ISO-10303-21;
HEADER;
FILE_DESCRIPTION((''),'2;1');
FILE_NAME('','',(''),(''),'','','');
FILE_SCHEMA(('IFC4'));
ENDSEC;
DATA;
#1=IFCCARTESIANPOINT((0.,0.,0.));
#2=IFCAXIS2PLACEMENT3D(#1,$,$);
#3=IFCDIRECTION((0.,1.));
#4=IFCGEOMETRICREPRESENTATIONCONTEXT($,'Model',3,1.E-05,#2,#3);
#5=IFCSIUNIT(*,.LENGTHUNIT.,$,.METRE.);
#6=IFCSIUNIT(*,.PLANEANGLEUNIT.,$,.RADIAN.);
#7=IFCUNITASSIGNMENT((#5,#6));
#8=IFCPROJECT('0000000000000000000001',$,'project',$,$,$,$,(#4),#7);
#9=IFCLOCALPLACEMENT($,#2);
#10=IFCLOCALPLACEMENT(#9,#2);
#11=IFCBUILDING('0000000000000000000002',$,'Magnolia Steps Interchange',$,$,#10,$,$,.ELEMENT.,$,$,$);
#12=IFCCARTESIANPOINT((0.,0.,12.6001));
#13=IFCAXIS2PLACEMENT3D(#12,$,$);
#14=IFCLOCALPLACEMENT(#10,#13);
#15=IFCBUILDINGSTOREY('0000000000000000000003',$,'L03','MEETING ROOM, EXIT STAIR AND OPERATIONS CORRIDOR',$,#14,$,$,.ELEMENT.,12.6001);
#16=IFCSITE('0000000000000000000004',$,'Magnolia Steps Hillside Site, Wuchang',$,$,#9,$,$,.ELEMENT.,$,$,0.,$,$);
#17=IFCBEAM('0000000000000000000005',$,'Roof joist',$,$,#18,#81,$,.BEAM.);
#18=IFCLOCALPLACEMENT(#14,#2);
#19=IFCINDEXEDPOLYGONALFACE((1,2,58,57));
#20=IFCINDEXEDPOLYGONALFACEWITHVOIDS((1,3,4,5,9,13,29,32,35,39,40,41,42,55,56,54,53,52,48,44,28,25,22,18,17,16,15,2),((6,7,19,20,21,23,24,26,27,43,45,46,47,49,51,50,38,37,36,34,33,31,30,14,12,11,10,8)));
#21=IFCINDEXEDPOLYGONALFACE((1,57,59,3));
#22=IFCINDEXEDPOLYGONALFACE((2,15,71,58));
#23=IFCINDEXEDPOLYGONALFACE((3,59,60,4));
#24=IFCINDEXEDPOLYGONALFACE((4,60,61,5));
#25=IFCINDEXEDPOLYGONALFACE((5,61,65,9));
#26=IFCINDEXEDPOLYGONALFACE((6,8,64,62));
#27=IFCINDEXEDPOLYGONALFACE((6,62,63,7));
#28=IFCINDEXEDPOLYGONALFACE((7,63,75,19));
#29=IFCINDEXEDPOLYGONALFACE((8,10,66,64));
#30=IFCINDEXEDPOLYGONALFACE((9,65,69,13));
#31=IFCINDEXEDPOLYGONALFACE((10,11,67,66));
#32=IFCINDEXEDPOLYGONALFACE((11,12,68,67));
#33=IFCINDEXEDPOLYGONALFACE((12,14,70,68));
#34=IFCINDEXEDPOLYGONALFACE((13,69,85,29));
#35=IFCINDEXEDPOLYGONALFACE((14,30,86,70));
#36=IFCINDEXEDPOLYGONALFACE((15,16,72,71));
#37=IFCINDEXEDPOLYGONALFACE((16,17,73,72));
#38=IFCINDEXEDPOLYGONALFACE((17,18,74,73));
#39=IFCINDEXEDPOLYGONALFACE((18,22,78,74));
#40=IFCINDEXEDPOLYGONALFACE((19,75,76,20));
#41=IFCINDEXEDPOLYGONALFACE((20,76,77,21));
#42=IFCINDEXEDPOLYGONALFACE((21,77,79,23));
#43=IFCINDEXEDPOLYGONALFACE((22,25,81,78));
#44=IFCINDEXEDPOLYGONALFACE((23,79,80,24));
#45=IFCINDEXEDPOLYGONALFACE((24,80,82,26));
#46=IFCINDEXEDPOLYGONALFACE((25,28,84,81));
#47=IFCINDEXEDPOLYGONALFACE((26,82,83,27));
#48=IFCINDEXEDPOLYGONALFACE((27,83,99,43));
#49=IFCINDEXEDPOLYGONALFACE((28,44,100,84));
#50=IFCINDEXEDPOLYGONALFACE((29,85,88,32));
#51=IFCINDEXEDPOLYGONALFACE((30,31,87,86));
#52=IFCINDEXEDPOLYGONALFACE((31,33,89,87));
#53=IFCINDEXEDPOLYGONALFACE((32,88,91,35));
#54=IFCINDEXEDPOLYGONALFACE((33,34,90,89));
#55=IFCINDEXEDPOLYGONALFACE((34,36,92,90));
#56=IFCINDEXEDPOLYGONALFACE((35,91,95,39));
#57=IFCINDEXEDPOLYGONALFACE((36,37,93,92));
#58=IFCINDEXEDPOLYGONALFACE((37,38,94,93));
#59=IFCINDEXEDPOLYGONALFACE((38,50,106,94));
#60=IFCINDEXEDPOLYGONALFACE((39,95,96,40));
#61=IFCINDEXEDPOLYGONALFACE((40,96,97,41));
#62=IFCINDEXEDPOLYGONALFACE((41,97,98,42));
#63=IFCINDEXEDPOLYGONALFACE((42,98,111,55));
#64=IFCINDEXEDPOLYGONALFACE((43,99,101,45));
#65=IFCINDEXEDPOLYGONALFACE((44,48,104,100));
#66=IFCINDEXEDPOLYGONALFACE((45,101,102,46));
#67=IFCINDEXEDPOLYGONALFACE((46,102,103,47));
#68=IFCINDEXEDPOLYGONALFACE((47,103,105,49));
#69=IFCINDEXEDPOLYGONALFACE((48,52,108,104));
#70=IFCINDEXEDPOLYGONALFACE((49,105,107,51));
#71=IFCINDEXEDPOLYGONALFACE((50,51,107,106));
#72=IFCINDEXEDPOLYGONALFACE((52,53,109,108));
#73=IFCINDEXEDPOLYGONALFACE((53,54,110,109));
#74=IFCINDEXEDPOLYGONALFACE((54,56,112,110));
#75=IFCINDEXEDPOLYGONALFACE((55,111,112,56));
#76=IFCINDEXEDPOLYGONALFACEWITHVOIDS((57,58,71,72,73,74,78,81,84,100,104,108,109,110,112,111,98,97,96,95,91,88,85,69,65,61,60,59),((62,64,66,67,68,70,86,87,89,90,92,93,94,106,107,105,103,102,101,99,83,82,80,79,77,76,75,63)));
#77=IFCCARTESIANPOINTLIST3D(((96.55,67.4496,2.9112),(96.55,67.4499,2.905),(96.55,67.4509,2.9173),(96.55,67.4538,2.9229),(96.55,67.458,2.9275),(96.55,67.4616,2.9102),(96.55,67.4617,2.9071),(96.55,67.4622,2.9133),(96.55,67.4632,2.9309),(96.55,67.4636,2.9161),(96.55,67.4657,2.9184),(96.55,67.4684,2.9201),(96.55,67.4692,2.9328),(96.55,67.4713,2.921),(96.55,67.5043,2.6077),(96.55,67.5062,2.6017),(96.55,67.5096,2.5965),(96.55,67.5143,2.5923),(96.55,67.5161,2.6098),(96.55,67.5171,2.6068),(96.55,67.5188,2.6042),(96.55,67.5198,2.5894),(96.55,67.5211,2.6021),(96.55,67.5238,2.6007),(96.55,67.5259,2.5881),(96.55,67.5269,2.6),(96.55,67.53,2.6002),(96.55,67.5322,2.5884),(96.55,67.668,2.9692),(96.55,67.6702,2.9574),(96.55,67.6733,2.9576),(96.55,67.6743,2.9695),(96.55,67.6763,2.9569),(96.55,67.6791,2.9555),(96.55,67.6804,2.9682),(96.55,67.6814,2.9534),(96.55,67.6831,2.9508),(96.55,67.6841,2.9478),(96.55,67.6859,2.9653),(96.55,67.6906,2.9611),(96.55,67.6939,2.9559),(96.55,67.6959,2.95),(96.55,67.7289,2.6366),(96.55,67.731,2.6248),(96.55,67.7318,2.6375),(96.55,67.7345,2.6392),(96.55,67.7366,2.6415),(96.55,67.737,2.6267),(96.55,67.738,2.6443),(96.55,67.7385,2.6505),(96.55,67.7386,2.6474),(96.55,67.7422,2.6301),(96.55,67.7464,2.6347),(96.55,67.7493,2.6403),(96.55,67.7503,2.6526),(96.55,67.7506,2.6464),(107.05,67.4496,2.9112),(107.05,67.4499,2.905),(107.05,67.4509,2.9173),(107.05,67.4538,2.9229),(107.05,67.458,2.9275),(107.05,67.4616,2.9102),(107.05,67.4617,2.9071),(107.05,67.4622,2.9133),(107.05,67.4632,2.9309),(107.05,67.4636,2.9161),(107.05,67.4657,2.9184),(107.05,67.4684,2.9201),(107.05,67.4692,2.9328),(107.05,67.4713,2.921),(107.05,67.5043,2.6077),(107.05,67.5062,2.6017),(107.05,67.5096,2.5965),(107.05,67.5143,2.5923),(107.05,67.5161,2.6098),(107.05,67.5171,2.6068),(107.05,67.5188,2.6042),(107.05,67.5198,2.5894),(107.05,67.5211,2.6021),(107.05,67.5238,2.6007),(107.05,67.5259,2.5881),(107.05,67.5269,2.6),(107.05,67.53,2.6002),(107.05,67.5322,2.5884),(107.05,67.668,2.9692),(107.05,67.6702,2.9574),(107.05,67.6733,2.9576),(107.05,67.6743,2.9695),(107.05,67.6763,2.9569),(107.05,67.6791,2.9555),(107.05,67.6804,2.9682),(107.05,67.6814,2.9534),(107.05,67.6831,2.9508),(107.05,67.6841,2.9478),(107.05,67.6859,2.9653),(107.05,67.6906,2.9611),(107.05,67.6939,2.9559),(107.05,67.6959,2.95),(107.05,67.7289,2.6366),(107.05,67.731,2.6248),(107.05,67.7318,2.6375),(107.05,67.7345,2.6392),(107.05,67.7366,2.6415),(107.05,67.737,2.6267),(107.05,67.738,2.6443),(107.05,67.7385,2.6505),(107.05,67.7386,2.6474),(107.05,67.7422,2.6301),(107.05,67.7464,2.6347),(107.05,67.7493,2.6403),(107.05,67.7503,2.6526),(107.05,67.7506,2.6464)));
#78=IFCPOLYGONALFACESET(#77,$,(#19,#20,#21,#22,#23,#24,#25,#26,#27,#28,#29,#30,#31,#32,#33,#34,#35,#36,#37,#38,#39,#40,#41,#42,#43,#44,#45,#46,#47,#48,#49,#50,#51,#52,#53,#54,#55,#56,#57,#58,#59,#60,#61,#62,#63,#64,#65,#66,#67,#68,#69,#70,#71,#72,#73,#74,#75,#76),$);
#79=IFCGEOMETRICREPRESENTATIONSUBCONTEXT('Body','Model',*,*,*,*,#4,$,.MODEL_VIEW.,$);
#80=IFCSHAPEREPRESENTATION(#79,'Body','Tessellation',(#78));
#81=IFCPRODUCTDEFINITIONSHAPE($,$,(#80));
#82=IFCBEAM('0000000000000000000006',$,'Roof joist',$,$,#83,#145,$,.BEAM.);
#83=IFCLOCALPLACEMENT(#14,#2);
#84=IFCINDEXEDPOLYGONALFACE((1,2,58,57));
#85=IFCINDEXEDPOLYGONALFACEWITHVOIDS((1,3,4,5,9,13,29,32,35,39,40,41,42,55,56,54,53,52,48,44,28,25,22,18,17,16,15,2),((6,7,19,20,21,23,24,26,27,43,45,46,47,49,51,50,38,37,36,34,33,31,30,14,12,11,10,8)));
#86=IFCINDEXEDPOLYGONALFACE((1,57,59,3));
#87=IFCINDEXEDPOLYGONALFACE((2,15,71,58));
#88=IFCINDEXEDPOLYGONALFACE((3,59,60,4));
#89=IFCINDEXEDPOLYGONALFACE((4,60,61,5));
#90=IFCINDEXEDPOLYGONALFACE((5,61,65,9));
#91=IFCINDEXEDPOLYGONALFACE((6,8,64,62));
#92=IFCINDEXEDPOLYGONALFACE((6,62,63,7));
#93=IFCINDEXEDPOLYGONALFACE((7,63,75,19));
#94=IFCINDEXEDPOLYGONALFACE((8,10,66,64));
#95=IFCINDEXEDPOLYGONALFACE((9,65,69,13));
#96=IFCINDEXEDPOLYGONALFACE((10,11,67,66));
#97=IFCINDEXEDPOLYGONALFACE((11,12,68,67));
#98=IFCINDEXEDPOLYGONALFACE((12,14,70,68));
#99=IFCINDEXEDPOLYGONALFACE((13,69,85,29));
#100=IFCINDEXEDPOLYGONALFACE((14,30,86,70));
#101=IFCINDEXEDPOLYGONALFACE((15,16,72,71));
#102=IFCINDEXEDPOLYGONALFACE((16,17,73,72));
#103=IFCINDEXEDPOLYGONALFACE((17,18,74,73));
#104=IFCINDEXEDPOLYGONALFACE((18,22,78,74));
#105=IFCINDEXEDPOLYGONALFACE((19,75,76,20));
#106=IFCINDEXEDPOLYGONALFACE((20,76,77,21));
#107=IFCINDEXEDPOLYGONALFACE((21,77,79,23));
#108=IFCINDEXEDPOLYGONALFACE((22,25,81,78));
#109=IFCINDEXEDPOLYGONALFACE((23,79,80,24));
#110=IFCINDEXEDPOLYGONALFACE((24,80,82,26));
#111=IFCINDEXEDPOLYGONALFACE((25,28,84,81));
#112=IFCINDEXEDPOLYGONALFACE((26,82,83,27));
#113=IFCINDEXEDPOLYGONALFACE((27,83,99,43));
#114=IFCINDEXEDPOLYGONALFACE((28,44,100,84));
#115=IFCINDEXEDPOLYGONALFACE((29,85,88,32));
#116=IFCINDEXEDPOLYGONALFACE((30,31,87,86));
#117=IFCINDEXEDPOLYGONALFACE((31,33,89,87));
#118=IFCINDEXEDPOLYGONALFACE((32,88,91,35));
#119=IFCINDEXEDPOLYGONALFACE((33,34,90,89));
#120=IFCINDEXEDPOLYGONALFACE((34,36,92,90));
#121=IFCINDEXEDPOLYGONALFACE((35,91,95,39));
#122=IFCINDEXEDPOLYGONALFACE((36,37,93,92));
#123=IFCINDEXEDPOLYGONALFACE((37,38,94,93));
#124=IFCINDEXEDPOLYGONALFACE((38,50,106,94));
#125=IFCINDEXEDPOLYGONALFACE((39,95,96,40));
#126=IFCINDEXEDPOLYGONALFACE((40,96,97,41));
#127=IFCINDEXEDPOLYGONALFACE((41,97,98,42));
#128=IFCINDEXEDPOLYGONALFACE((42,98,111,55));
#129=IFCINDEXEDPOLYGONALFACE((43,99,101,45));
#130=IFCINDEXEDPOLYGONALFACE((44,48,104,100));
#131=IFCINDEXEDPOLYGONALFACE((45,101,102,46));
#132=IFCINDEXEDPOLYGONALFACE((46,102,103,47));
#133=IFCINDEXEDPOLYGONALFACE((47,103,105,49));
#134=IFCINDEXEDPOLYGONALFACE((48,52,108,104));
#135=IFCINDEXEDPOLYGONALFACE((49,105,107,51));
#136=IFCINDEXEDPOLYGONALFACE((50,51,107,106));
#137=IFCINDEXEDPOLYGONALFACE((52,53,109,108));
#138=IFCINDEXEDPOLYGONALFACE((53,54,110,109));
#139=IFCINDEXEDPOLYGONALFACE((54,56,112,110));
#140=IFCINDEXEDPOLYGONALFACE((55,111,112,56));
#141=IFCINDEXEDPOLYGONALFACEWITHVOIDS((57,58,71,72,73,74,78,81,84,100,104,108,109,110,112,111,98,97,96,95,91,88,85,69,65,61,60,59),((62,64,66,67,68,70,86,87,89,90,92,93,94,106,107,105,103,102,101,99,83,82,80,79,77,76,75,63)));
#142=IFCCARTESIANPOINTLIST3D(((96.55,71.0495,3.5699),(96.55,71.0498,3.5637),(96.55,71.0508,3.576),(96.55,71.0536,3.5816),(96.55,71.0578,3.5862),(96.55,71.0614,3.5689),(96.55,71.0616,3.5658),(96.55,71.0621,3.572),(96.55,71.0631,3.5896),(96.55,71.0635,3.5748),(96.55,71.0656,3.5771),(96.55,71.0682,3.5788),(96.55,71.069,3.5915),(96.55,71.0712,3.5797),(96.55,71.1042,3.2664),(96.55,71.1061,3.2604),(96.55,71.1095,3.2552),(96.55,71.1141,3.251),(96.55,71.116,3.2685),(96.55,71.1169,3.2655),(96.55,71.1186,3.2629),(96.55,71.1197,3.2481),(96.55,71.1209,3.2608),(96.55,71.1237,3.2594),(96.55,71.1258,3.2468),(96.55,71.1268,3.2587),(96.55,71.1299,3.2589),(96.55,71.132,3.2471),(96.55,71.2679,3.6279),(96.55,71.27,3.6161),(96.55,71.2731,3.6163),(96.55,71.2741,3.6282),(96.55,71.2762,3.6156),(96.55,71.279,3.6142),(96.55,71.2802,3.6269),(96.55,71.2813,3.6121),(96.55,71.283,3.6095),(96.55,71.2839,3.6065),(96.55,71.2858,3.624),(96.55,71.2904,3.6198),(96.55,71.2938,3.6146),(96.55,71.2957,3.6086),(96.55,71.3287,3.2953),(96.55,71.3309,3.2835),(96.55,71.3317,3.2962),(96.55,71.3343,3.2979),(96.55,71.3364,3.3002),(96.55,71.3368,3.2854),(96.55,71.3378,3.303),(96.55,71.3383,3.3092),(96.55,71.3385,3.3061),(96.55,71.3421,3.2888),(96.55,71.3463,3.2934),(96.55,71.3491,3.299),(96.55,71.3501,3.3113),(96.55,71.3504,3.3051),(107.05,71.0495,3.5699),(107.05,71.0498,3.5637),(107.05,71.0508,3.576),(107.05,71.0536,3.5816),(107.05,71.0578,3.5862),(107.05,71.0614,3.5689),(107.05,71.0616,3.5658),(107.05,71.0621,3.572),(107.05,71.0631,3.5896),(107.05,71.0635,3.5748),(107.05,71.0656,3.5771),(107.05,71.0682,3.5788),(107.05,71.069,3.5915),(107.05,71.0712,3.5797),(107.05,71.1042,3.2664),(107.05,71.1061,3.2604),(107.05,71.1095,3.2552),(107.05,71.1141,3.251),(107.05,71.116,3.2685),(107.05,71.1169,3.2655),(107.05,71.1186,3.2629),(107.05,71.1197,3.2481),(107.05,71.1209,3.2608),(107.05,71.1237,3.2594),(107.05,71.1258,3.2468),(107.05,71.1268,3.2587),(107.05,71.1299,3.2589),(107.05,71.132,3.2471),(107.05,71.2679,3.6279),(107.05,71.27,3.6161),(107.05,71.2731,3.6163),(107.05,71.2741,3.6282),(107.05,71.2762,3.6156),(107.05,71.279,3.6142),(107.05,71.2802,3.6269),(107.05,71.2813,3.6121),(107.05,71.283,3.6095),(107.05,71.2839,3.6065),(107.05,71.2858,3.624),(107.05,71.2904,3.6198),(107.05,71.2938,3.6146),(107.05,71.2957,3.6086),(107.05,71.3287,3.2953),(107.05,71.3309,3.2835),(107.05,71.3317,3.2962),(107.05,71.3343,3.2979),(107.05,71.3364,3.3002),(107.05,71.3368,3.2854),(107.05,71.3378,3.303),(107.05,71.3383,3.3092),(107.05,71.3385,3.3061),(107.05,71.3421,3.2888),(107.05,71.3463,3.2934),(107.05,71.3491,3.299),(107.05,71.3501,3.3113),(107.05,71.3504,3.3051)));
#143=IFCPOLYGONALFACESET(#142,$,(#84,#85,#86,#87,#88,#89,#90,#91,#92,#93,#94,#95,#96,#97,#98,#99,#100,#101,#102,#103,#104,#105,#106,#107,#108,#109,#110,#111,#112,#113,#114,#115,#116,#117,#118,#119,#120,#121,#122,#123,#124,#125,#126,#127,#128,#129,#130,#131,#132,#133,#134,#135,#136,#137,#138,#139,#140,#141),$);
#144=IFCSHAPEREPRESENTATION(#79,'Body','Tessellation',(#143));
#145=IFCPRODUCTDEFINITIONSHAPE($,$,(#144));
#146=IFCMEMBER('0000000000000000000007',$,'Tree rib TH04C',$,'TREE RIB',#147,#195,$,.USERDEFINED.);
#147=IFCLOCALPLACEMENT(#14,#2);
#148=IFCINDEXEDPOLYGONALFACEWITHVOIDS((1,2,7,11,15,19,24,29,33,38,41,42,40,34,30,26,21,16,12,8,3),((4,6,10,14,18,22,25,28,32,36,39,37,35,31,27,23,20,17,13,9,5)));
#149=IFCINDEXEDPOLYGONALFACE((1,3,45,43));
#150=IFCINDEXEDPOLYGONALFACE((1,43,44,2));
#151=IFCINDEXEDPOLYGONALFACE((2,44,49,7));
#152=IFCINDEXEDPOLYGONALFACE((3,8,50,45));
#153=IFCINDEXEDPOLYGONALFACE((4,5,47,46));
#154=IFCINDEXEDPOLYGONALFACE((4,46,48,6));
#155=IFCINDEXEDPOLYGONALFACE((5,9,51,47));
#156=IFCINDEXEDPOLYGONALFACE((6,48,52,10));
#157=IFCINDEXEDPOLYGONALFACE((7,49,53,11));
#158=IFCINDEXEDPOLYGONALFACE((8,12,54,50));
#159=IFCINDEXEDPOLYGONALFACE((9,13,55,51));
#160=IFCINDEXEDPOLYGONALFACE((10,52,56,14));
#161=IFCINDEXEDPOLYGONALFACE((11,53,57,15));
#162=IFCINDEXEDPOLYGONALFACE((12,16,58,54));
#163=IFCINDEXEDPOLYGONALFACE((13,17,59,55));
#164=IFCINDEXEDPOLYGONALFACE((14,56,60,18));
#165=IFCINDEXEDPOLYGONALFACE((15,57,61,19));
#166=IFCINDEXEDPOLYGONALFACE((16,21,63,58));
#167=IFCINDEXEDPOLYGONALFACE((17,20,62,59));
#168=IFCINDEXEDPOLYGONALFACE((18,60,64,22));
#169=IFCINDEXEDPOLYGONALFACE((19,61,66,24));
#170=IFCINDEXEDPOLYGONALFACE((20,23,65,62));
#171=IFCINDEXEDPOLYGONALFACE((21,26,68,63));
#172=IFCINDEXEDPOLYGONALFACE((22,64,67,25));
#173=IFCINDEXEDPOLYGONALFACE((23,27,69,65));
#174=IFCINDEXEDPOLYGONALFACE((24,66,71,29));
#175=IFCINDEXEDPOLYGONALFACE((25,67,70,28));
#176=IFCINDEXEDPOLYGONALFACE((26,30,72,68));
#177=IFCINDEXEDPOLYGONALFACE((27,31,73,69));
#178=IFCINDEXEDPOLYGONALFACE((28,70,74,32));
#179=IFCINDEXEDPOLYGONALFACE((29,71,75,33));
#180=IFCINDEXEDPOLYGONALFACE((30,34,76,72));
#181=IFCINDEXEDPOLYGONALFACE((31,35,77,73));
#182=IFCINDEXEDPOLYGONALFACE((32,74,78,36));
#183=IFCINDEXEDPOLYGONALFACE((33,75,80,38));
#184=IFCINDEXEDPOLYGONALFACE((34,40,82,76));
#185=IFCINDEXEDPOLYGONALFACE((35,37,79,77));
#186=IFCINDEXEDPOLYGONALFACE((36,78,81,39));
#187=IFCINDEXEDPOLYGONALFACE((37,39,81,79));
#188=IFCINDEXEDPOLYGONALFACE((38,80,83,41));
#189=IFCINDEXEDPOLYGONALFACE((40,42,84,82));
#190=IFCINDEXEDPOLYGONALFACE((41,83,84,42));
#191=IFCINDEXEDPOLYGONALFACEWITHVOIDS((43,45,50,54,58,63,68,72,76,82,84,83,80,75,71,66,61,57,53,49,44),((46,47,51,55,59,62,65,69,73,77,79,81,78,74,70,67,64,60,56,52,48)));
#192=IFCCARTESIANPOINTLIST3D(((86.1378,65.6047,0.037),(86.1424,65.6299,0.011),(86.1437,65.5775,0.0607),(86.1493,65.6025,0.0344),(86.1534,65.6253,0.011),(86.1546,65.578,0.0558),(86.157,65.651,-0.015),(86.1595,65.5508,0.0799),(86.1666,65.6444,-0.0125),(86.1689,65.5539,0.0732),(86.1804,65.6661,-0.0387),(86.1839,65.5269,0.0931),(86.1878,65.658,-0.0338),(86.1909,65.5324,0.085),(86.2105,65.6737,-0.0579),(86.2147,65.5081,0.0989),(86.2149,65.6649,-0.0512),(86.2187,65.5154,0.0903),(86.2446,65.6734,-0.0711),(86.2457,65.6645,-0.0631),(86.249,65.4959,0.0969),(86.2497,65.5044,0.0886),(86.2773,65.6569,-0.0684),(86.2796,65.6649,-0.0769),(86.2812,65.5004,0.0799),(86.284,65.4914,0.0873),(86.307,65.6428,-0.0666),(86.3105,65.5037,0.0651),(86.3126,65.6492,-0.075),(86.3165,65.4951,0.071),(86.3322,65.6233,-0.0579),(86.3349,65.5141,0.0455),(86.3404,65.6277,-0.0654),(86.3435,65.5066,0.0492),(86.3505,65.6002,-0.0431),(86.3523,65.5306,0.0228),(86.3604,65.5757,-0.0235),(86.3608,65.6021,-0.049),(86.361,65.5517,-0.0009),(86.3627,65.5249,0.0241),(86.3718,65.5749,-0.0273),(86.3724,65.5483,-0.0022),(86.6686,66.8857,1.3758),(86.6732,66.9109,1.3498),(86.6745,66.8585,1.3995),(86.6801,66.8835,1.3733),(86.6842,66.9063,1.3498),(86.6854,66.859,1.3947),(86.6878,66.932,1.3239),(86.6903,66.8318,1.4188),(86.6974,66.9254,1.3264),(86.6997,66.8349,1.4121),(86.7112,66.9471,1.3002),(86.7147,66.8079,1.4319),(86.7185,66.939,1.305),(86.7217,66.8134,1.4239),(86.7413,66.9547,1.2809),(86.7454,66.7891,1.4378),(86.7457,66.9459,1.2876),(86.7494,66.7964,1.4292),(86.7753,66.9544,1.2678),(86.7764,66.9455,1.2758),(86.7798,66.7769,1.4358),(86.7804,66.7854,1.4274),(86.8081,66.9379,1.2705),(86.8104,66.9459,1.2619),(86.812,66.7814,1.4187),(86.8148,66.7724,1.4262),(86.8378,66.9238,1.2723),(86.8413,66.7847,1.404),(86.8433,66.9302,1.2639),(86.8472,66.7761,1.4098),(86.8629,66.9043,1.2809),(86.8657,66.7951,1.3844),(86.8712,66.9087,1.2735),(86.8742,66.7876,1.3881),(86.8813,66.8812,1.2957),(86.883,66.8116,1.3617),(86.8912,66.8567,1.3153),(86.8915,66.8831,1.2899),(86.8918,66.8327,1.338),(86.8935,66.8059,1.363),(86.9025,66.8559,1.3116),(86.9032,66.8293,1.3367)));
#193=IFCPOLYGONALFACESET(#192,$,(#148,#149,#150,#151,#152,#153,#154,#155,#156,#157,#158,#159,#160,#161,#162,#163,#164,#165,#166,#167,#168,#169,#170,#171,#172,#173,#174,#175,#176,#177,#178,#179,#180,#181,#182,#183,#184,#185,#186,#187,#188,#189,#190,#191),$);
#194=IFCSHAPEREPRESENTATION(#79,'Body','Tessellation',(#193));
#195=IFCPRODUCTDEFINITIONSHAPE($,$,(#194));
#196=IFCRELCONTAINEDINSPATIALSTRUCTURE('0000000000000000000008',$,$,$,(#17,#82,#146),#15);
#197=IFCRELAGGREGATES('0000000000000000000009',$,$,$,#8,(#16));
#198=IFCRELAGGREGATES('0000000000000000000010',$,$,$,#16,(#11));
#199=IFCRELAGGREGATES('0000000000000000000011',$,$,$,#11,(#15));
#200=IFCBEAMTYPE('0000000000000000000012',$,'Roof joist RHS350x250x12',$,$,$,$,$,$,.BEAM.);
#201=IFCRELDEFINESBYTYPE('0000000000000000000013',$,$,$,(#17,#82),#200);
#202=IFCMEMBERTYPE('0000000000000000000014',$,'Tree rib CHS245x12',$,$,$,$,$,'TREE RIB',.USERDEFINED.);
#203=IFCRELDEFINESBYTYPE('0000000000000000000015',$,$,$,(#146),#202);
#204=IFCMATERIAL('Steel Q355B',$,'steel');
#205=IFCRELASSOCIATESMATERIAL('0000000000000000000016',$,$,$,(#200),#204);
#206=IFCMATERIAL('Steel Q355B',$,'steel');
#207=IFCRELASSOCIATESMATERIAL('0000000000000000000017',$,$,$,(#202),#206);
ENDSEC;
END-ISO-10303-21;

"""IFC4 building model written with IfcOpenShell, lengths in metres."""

from ifc_helpers import new_model, si_unit, direction, frame, origin, origin_2d, place, context, subcontext, project, spatial, hollow_rectangle, hollow_circle, extrude, material, material_profile, profile_set, type_object, element, save


model = new_model("IFC4")

# Units and contexts
model_context = context("Model", 3, precision=1e-05, world=origin(), true_north=direction((0.0, 1.0)))
body_context = subcontext(model_context, "Body", "Model", "MODEL_VIEW")
ifc_project = project(units=[si_unit("LENGTHUNIT", "METRE"), si_unit("PLANEANGLEUNIT", "RADIAN")], contexts=[model_context])

# Site, building, storey
site_placement = place(None, origin())
site = spatial("IfcSite", under=ifc_project, at=site_placement, Name="Magnolia Steps Hillside Site, Wuchang", CompositionType="ELEMENT", RefElevation=0.0)
building_placement = place(site_placement, origin())
building = spatial("IfcBuilding", under=site, at=building_placement, Name="Magnolia Steps Interchange", CompositionType="ELEMENT")
storey_placement = place(building_placement, frame((0.0, 0.0, 12.6001)))
storey = spatial("IfcBuildingStorey", under=building, at=storey_placement, Name="L03", Description="MEETING ROOM, EXIT STAIR AND OPERATIONS CORRIDOR", CompositionType="ELEMENT", Elevation=12.6001)

# Beams
ifc_material_1 = material(Name="Steel Q355B", Category="steel")
ifc_material_profile_1 = material_profile(ifc_material_1, hollow_rectangle(XDim=0.25, YDim=0.3501, WallThickness=0.012, InnerFilletRadius=0.012, OuterFilletRadius=0.0239, at=origin_2d()), Name="RHS350x250x12")
ifc_profile_set_1 = profile_set([ifc_material_profile_1], Name="Steel Q355B")
beam_type_1 = type_object("IfcBeamType", Name="Roof joist RHS350x250x12", PredefinedType="BEAM", material=ifc_profile_set_1)
for number, where, z_axis, x_axis, name in (
    (1, (96.55, 67.6001, 2.7788), (1.0, 0.0, 0.0), (0.0, 0.983677, 0.179941), "Roof joist"),
    (2, (96.55, 71.2, 3.4375), (1.0, 0.0, 0.0), (0.0, 0.983677, 0.179941), "Roof joist"),
):
    element("IfcBeam", number, at=place(storey_placement, frame(where, z_axis=z_axis, x_axis=x_axis)), inside=storey, type_object=beam_type_1, Name=name, PredefinedType="BEAM", context=body_context, shape_type="SweptSolid", body=[
        extrude(hollow_rectangle(XDim=0.25, YDim=0.3501, WallThickness=0.012, InnerFilletRadius=0.012, OuterFilletRadius=0.0239, at=origin_2d()), origin(), (0.0, 0.0, 1.0), 10.5),
    ])

# Member
ifc_material_2 = material(Name="Steel Q355B", Category="steel")
ifc_material_profile_2 = material_profile(ifc_material_2, hollow_circle(Radius=0.1226, WallThickness=0.012, at=origin_2d()), Name="CHS245x12")
ifc_profile_set_2 = profile_set([ifc_material_profile_2], Name="Steel Q355B")
member_type_1 = type_object("IfcMemberType", Name="Tree rib CHS245x12", ElementType="TREE RIB", PredefinedType="USERDEFINED", material=ifc_profile_set_2)
for number, where, z_axis, x_axis, name in (
    (3, (86.2556, 65.583, 0.011), (0.275363, 0.664595, 0.694614), (-0.923841, 0.382777, 0.0), "Tree rib TH04C"),
):
    element("IfcMember", number, at=place(storey_placement, frame(where, z_axis=z_axis, x_axis=x_axis)), inside=storey, type_object=member_type_1, Name=name, ObjectType="TREE RIB", PredefinedType="USERDEFINED", context=body_context, shape_type="SweptSolid", body=[
        extrude(hollow_circle(Radius=0.1226, WallThickness=0.012, at=origin_2d()), origin(), (0.0, 0.0, 1.0), 1.9275),
    ])

save(model, "model.ifc")
